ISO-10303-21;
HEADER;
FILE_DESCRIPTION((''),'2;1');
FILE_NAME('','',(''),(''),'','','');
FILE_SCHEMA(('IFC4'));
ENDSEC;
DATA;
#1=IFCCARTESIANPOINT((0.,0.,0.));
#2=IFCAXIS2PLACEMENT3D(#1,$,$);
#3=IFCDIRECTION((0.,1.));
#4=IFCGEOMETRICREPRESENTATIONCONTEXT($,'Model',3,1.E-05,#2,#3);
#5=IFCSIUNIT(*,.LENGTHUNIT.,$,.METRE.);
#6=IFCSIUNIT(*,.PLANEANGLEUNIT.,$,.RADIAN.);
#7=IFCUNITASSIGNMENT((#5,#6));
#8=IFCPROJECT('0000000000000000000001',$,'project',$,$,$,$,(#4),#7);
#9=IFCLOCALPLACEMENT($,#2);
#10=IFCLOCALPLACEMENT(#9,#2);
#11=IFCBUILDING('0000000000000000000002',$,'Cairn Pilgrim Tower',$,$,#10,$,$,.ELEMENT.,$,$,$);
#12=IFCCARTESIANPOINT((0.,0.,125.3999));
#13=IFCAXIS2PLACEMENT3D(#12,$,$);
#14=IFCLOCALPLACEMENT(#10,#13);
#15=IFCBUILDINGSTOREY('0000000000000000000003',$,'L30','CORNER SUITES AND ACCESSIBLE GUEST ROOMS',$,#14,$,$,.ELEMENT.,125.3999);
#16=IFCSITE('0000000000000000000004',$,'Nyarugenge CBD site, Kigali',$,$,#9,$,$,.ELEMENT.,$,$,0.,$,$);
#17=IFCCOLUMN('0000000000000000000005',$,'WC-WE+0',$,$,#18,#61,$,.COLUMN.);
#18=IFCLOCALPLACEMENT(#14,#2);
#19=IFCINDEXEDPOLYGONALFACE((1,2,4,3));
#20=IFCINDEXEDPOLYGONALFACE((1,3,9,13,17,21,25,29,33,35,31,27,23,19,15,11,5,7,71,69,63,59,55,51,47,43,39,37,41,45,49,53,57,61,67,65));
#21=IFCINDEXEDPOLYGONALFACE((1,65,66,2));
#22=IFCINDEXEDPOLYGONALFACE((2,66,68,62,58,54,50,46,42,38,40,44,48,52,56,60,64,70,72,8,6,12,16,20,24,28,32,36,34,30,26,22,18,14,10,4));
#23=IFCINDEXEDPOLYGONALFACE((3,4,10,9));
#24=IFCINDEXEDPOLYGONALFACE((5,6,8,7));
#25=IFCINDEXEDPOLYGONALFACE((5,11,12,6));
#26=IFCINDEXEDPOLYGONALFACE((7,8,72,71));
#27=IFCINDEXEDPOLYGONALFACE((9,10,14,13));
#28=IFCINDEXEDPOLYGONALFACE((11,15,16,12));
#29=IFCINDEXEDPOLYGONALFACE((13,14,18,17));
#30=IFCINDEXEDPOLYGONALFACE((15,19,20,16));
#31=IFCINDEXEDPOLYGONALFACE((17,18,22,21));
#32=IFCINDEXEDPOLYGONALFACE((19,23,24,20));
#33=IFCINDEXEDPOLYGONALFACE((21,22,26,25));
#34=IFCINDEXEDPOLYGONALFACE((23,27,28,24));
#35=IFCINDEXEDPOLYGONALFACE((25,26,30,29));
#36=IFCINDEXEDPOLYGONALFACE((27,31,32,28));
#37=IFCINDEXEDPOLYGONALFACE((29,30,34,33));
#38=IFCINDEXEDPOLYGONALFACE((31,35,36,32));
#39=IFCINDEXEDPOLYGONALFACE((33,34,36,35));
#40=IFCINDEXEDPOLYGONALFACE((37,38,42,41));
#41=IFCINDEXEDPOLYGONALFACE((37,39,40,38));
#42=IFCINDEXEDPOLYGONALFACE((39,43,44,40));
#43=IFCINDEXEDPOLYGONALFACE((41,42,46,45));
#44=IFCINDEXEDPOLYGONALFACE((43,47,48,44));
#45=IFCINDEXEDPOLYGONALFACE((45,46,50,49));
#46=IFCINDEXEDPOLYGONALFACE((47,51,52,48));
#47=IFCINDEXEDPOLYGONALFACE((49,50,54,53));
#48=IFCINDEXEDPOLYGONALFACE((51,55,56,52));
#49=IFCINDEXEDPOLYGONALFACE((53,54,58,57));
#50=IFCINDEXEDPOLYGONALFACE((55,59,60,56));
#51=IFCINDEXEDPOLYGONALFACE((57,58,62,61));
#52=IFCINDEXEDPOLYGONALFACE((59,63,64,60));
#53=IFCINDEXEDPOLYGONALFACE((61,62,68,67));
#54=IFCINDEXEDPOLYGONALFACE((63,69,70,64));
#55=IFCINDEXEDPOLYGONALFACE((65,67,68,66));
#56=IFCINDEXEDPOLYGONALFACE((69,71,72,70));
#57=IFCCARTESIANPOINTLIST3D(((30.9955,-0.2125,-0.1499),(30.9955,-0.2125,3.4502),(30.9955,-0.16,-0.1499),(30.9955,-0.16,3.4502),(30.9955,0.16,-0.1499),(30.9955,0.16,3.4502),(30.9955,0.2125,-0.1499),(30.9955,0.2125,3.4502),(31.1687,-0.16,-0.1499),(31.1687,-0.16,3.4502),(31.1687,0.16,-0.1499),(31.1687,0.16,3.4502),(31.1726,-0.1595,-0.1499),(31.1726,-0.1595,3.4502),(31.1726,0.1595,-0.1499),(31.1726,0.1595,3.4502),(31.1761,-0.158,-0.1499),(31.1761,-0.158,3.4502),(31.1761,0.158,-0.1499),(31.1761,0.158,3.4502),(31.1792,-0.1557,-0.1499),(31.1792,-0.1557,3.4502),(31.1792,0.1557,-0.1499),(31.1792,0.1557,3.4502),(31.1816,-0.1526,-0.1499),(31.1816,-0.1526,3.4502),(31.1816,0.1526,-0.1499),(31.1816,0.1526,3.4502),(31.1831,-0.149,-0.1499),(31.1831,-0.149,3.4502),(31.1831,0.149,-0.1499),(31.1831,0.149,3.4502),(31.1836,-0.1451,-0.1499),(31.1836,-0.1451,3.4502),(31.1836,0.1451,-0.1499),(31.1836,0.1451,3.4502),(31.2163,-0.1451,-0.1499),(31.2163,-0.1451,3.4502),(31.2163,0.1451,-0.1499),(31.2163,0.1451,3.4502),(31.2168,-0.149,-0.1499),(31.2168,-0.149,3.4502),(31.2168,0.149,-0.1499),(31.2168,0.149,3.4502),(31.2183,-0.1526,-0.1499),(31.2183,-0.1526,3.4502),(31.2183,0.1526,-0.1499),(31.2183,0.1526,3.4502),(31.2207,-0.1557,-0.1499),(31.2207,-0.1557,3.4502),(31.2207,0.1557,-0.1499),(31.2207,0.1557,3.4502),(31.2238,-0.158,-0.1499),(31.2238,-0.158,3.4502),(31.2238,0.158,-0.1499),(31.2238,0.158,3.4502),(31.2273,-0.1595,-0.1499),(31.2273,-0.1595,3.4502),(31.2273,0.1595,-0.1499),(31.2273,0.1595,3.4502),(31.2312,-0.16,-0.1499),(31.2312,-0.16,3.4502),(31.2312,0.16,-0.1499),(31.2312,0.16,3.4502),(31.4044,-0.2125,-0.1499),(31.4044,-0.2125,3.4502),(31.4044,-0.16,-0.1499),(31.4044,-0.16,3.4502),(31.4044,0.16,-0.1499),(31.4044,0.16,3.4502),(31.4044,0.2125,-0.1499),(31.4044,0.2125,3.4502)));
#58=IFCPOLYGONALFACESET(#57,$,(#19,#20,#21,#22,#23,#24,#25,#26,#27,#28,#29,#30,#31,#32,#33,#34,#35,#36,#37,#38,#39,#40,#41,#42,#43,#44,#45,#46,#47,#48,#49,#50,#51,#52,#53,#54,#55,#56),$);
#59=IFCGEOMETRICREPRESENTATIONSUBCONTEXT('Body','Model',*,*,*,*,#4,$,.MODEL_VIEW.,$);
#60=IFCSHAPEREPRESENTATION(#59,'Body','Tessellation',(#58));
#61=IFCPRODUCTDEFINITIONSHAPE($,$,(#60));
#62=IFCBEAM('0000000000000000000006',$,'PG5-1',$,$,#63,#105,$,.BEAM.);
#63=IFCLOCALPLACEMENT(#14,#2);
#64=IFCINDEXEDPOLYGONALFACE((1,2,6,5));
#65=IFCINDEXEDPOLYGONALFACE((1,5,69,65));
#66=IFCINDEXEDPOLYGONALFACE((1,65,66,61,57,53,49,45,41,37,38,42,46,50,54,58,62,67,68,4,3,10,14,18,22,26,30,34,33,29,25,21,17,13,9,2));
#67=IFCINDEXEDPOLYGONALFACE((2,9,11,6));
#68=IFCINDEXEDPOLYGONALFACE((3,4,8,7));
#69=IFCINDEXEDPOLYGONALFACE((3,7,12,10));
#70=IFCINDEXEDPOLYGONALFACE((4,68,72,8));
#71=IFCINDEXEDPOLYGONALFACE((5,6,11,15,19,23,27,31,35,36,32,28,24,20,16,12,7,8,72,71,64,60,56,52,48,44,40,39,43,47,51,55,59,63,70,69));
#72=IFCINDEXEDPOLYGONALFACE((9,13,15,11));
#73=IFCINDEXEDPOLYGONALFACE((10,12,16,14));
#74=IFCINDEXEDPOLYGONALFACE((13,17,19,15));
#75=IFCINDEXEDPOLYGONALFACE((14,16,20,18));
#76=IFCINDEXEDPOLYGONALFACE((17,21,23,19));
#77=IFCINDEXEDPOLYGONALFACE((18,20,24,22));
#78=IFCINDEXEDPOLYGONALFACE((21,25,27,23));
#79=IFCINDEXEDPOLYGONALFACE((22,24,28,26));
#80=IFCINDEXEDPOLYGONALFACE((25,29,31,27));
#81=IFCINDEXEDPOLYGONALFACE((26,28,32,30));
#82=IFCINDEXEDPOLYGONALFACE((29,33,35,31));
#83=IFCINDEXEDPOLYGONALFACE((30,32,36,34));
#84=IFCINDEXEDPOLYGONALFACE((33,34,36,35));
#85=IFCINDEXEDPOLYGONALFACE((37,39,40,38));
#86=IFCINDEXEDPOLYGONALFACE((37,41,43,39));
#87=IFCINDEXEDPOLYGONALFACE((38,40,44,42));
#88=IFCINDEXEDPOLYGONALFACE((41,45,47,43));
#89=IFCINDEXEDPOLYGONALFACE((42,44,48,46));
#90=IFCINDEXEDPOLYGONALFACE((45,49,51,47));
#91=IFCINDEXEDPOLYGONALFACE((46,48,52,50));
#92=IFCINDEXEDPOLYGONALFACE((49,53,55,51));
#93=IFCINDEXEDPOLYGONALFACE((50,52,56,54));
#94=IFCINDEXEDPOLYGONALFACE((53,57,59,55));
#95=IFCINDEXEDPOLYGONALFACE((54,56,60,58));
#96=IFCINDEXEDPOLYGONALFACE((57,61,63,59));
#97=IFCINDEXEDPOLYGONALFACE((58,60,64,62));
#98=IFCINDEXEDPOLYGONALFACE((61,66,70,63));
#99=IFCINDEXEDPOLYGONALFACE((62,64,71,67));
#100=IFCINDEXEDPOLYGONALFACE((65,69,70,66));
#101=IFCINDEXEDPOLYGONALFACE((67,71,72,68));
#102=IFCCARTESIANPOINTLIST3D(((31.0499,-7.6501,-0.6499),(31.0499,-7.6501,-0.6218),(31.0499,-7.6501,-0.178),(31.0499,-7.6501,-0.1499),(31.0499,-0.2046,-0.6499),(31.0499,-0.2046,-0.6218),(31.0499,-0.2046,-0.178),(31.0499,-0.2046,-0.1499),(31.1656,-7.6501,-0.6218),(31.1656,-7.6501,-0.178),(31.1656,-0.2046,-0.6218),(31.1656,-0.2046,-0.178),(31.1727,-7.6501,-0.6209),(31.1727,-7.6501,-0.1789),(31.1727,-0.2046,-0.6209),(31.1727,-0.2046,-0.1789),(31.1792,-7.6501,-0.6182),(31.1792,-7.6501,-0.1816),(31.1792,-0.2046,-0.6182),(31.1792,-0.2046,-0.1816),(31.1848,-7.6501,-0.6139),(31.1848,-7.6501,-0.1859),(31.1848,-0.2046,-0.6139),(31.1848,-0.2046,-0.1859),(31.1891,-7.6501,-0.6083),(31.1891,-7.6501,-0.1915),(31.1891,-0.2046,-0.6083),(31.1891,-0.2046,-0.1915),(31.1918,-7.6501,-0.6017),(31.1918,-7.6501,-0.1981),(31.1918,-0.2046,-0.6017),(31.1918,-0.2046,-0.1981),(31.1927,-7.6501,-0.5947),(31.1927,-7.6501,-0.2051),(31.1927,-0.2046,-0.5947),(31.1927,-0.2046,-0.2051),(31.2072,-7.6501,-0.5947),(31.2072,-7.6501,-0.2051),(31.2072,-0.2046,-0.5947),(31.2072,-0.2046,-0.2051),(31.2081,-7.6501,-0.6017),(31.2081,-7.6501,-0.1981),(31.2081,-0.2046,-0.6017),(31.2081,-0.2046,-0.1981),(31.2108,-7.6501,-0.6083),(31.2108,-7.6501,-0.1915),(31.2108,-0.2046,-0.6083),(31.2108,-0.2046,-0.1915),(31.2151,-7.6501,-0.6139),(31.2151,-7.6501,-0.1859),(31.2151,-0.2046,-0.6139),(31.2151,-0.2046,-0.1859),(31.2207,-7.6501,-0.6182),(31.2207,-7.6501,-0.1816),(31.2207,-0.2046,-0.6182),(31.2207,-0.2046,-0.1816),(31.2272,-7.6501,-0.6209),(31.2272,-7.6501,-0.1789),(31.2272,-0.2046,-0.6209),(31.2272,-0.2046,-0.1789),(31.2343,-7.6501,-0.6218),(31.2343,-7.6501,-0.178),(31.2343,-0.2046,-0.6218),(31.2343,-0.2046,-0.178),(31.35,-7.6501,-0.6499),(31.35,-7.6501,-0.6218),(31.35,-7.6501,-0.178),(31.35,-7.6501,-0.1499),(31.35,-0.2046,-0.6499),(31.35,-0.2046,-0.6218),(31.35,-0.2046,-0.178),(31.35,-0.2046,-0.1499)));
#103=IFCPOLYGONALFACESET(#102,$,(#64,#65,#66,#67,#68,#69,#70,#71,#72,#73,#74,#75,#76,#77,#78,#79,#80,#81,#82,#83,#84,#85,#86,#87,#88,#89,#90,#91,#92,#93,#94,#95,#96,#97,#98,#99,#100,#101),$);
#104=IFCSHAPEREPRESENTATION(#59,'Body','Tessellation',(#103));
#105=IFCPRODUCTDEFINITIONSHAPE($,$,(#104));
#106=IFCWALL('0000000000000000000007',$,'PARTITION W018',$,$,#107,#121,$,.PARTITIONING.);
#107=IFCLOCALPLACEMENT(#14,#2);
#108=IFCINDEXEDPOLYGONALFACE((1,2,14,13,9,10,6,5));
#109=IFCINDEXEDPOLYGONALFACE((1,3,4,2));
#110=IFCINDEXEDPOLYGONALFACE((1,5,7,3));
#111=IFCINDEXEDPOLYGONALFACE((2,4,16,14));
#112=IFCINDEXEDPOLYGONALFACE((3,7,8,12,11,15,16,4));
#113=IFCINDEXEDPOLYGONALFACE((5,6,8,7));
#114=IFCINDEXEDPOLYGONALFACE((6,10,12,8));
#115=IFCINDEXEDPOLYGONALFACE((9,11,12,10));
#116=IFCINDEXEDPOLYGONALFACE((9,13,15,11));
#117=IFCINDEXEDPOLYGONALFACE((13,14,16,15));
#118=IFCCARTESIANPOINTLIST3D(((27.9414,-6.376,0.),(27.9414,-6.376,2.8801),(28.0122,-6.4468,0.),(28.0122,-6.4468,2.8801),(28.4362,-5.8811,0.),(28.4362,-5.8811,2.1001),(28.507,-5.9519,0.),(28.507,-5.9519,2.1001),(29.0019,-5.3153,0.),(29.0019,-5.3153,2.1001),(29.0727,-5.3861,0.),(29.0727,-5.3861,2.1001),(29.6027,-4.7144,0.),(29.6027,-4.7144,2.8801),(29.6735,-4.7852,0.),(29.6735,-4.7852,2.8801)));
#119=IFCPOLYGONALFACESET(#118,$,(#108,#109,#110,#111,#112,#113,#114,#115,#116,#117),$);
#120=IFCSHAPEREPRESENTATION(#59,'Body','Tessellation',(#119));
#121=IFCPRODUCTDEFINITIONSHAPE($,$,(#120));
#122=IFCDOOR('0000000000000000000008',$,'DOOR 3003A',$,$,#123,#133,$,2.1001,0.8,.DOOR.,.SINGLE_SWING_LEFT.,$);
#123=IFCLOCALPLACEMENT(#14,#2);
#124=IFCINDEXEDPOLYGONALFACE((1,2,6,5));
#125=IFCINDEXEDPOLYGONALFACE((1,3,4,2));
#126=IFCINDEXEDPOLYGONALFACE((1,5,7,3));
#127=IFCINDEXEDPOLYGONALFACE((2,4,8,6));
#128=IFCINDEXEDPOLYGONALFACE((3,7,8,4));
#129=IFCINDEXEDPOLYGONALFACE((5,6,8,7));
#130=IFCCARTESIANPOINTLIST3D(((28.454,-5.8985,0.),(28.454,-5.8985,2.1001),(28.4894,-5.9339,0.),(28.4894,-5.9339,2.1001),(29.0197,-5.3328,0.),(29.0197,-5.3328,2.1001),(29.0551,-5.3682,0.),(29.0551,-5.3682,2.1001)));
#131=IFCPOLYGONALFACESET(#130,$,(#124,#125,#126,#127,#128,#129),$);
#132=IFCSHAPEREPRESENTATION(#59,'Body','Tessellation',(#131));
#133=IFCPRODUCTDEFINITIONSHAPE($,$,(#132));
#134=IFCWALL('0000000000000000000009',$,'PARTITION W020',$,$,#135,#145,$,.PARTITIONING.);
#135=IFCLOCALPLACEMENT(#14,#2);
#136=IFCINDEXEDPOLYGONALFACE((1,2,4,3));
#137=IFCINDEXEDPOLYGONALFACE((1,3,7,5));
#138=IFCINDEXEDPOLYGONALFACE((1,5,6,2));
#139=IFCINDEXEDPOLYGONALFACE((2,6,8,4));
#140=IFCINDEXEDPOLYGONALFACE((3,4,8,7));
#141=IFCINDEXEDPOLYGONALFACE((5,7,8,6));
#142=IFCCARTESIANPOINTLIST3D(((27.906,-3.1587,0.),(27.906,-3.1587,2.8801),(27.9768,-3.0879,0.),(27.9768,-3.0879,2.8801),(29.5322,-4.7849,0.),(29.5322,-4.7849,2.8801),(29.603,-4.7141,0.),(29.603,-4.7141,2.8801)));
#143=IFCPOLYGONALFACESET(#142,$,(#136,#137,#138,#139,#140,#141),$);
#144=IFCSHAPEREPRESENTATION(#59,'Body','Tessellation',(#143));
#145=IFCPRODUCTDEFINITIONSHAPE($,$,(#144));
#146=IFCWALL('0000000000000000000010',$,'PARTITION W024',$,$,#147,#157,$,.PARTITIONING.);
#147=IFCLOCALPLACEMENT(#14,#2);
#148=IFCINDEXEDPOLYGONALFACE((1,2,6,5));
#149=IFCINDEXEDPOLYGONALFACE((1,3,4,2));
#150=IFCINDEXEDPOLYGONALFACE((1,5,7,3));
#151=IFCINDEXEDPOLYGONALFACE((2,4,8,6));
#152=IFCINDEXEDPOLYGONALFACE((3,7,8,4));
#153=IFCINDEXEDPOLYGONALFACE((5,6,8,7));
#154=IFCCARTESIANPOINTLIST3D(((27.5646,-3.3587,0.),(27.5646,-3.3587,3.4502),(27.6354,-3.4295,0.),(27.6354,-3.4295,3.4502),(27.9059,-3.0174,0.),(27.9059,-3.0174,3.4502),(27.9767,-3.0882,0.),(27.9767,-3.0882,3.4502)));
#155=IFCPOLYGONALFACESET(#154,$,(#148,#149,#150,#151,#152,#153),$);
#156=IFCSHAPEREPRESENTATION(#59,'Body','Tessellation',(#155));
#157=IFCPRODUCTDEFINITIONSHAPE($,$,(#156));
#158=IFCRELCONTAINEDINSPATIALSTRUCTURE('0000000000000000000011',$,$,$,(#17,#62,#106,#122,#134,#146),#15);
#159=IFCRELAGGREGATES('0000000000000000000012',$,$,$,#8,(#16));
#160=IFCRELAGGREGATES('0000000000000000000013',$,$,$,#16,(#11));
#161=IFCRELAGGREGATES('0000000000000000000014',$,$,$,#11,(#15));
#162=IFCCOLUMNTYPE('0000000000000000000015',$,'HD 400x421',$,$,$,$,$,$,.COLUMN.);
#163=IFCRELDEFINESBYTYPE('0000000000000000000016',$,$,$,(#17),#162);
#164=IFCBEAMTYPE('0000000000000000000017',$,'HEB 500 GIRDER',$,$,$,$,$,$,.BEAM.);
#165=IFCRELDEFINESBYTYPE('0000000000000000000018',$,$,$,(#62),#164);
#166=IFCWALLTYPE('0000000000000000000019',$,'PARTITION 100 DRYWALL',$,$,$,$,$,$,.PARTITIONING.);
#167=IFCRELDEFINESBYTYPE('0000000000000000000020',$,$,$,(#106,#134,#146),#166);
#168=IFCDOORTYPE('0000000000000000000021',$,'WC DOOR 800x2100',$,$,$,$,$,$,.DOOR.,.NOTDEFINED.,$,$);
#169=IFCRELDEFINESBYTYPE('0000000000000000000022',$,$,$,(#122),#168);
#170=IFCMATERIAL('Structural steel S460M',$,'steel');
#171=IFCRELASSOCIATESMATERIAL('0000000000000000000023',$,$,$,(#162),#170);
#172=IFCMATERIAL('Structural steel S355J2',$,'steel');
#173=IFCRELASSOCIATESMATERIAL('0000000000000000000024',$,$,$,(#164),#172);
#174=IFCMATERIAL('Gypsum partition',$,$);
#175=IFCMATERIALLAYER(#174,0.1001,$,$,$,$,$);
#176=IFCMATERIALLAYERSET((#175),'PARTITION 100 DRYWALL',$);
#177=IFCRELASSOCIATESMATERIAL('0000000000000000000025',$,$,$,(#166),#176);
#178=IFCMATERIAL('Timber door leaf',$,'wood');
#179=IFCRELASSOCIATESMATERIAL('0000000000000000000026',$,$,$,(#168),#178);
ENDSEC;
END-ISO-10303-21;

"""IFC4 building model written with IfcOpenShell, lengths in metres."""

from ifc_helpers import new_model, si_unit, direction, frame, frame_2d, origin, origin_2d, place, context, subcontext, project, spatial, rectangle, i_section, extrude, material, layer, layer_set, material_profile, profile_set, type_object, element, fill, save


model = new_model("IFC4")

# Units and contexts
model_context = context("Model", 3, precision=1e-05, world=origin(), true_north=direction((0.0, 1.0)))
body_context = subcontext(model_context, "Body", "Model", "MODEL_VIEW")
ifc_project = project(units=[si_unit("LENGTHUNIT", "METRE"), si_unit("PLANEANGLEUNIT", "RADIAN")], contexts=[model_context])

# Site, building, storey
site_placement = place(None, origin())
site = spatial("IfcSite", under=ifc_project, at=site_placement, Name="Nyarugenge CBD site, Kigali", CompositionType="ELEMENT", RefElevation=0.0)
building_placement = place(site_placement, origin())
building = spatial("IfcBuilding", under=site, at=building_placement, Name="Cairn Pilgrim Tower", CompositionType="ELEMENT")
storey_placement = place(building_placement, frame((0.0, 0.0, 125.3999)))
storey = spatial("IfcBuildingStorey", under=building, at=storey_placement, Name="L30", Description="CORNER SUITES AND ACCESSIBLE GUEST ROOMS", CompositionType="ELEMENT", Elevation=125.3999)

# Column
ifc_material_1 = material(Name="Structural steel S460M", Category="steel")
ifc_material_profile_1 = material_profile(ifc_material_1, i_section(OverallWidth=0.4089, OverallDepth=0.425, WebThickness=0.0327, FlangeThickness=0.0525, FilletRadius=0.0149, at=origin_2d()), Name="HD 400x421")
ifc_profile_set_1 = profile_set([ifc_material_profile_1], Name="Structural steel S460M")
column_type = type_object("IfcColumnType", Name="HD 400x421", PredefinedType="COLUMN", material=ifc_profile_set_1)
column_placement = place(storey_placement, frame((31.2, 0.0, -0.1499), z_axis=(0.0, 0.0, 1.0), x_axis=(1.0, 0.0, 0.0)))
element("IfcColumn", 1, at=column_placement, inside=storey, type_object=column_type, Name="WC-WE+0", PredefinedType="COLUMN", context=body_context, shape_type="SweptSolid", body=[
    extrude(i_section(OverallWidth=0.4089, OverallDepth=0.425, WebThickness=0.0327, FlangeThickness=0.0525, FilletRadius=0.0149, at=origin_2d()), origin(), (0.0, 0.0, 1.0), 3.6001),
])

# Beam
ifc_material_2 = material(Name="Structural steel S355J2", Category="steel")
ifc_material_profile_2 = material_profile(ifc_material_2, i_section(OverallWidth=0.3, OverallDepth=0.5, WebThickness=0.0144, FlangeThickness=0.0281, FilletRadius=0.0271, at=origin_2d()), Name="HEB 500")
ifc_profile_set_2 = profile_set([ifc_material_profile_2], Name="Structural steel S355J2")
beam_type = type_object("IfcBeamType", Name="HEB 500 GIRDER", PredefinedType="BEAM", material=ifc_profile_set_2)
beam_placement = place(storey_placement, frame((31.2, -7.6501, -0.3999), z_axis=(0.0, 1.0, 0.0), x_axis=(-1.0, 0.0, 0.0)))
element("IfcBeam", 2, at=beam_placement, inside=storey, type_object=beam_type, Name="PG5-1", PredefinedType="BEAM", context=body_context, shape_type="SweptSolid", body=[
    extrude(i_section(OverallWidth=0.3, OverallDepth=0.5, WebThickness=0.0144, FlangeThickness=0.0281, FilletRadius=0.0271, at=origin_2d()), origin(), (0.0, 0.0, 1.0), 7.4456),
])

# Wall, opening, door
ifc_material_3 = material(Name="Gypsum partition")
ifc_layer_1 = layer(ifc_material_3, 0.1001)
ifc_layer_set_1 = layer_set([ifc_layer_1], Name="PARTITION 100 DRYWALL")
wall_type_1 = type_object("IfcWallType", Name="PARTITION 100 DRYWALL", PredefinedType="PARTITIONING", material=ifc_layer_set_1)
wall_1_placement = place(storey_placement, frame((27.9768, -6.4114, 0.0), z_axis=(0.0, 0.0, 1.0), x_axis=(0.707055, 0.707159, 0.0)))
wall_1 = element("IfcWall", 3, at=wall_1_placement, inside=storey, type_object=wall_type_1, Name="PARTITION W018", PredefinedType="PARTITIONING", context=body_context, shape_type="SweptSolid", body=[
    extrude(rectangle(XDim=2.3496, YDim=0.1001, at=frame_2d((1.1748, 0.0))), origin(), (0.0, 0.0, 1.0), 2.8801),
])
opening_1_placement = place(wall_1_placement, frame((0.7, 0.0, 0.0)))
opening_1 = element("IfcOpeningElement", 4, at=opening_1_placement, cuts=wall_1, PredefinedType="OPENING", context=body_context, shape_type="SweptSolid", body=[
    extrude(rectangle(XDim=0.8, YDim=2.1001, at=frame_2d((0.3999, 1.05))), frame((0.0, 0.0601, 0.0), z_axis=(0.0, -1.0, 0.0), x_axis=(1.0, 0.0, 0.0)), (0.0, 0.0, 1.0), 0.1201),
])
ifc_material_4 = material(Name="Timber door leaf", Category="wood")
door_type_1 = type_object("IfcDoorType", Name="WC DOOR 800x2100", OperationType="NOTDEFINED", PredefinedType="DOOR", material=ifc_material_4)
door_1_placement = place(opening_1_placement, frame((0.8, 0.0, 0.0), z_axis=(0.0, 0.0, 1.0), x_axis=(-1.0, 0.0, 0.0)))
door_1 = element("IfcDoor", 5, at=door_1_placement, inside=storey, type_object=door_type_1, Name="DOOR 3003A", OperationType="SINGLE_SWING_LEFT", OverallHeight=2.1001, OverallWidth=0.8, PredefinedType="DOOR", context=body_context, shape_type="SweptSolid", body=[
    extrude(rectangle(XDim=0.8, YDim=2.1001, at=frame_2d((0.3999, 1.05))), frame((0.0, 0.0249, 0.0), z_axis=(0.0, -1.0, 0.0), x_axis=(1.0, 0.0, 0.0)), (0.0, 0.0, 1.0), 0.05),
])
fill(opening_1, door_1)

# Walls
wall_2_placement = place(storey_placement, frame((29.5676, -4.7495, 0.0), z_axis=(0.0, 0.0, 1.0), x_axis=(-0.707107, 0.707107, 0.0)))
element("IfcWall", 6, at=wall_2_placement, inside=storey, type_object=wall_type_1, Name="PARTITION W020", PredefinedType="PARTITIONING", context=body_context, shape_type="SweptSolid", body=[
    extrude(rectangle(XDim=2.2998, YDim=0.1001, at=frame_2d((1.1499, 0.0))), origin(), (0.0, 0.0, 1.0), 2.8801),
])
wall_3_placement = place(storey_placement, frame((27.6001, -3.394, 0.0), z_axis=(0.0, 0.0, 1.0), x_axis=(0.707107, 0.707107, 0.0)))
element("IfcWall", 7, at=wall_3_placement, inside=storey, type_object=wall_type_1, Name="PARTITION W024", PredefinedType="PARTITIONING", context=body_context, shape_type="SweptSolid", body=[
    extrude(rectangle(XDim=0.4827, YDim=0.1001, at=frame_2d((0.2412, 0.0))), origin(), (0.0, 0.0, 1.0), 3.4502),
])

save(model, "model.ifc")
